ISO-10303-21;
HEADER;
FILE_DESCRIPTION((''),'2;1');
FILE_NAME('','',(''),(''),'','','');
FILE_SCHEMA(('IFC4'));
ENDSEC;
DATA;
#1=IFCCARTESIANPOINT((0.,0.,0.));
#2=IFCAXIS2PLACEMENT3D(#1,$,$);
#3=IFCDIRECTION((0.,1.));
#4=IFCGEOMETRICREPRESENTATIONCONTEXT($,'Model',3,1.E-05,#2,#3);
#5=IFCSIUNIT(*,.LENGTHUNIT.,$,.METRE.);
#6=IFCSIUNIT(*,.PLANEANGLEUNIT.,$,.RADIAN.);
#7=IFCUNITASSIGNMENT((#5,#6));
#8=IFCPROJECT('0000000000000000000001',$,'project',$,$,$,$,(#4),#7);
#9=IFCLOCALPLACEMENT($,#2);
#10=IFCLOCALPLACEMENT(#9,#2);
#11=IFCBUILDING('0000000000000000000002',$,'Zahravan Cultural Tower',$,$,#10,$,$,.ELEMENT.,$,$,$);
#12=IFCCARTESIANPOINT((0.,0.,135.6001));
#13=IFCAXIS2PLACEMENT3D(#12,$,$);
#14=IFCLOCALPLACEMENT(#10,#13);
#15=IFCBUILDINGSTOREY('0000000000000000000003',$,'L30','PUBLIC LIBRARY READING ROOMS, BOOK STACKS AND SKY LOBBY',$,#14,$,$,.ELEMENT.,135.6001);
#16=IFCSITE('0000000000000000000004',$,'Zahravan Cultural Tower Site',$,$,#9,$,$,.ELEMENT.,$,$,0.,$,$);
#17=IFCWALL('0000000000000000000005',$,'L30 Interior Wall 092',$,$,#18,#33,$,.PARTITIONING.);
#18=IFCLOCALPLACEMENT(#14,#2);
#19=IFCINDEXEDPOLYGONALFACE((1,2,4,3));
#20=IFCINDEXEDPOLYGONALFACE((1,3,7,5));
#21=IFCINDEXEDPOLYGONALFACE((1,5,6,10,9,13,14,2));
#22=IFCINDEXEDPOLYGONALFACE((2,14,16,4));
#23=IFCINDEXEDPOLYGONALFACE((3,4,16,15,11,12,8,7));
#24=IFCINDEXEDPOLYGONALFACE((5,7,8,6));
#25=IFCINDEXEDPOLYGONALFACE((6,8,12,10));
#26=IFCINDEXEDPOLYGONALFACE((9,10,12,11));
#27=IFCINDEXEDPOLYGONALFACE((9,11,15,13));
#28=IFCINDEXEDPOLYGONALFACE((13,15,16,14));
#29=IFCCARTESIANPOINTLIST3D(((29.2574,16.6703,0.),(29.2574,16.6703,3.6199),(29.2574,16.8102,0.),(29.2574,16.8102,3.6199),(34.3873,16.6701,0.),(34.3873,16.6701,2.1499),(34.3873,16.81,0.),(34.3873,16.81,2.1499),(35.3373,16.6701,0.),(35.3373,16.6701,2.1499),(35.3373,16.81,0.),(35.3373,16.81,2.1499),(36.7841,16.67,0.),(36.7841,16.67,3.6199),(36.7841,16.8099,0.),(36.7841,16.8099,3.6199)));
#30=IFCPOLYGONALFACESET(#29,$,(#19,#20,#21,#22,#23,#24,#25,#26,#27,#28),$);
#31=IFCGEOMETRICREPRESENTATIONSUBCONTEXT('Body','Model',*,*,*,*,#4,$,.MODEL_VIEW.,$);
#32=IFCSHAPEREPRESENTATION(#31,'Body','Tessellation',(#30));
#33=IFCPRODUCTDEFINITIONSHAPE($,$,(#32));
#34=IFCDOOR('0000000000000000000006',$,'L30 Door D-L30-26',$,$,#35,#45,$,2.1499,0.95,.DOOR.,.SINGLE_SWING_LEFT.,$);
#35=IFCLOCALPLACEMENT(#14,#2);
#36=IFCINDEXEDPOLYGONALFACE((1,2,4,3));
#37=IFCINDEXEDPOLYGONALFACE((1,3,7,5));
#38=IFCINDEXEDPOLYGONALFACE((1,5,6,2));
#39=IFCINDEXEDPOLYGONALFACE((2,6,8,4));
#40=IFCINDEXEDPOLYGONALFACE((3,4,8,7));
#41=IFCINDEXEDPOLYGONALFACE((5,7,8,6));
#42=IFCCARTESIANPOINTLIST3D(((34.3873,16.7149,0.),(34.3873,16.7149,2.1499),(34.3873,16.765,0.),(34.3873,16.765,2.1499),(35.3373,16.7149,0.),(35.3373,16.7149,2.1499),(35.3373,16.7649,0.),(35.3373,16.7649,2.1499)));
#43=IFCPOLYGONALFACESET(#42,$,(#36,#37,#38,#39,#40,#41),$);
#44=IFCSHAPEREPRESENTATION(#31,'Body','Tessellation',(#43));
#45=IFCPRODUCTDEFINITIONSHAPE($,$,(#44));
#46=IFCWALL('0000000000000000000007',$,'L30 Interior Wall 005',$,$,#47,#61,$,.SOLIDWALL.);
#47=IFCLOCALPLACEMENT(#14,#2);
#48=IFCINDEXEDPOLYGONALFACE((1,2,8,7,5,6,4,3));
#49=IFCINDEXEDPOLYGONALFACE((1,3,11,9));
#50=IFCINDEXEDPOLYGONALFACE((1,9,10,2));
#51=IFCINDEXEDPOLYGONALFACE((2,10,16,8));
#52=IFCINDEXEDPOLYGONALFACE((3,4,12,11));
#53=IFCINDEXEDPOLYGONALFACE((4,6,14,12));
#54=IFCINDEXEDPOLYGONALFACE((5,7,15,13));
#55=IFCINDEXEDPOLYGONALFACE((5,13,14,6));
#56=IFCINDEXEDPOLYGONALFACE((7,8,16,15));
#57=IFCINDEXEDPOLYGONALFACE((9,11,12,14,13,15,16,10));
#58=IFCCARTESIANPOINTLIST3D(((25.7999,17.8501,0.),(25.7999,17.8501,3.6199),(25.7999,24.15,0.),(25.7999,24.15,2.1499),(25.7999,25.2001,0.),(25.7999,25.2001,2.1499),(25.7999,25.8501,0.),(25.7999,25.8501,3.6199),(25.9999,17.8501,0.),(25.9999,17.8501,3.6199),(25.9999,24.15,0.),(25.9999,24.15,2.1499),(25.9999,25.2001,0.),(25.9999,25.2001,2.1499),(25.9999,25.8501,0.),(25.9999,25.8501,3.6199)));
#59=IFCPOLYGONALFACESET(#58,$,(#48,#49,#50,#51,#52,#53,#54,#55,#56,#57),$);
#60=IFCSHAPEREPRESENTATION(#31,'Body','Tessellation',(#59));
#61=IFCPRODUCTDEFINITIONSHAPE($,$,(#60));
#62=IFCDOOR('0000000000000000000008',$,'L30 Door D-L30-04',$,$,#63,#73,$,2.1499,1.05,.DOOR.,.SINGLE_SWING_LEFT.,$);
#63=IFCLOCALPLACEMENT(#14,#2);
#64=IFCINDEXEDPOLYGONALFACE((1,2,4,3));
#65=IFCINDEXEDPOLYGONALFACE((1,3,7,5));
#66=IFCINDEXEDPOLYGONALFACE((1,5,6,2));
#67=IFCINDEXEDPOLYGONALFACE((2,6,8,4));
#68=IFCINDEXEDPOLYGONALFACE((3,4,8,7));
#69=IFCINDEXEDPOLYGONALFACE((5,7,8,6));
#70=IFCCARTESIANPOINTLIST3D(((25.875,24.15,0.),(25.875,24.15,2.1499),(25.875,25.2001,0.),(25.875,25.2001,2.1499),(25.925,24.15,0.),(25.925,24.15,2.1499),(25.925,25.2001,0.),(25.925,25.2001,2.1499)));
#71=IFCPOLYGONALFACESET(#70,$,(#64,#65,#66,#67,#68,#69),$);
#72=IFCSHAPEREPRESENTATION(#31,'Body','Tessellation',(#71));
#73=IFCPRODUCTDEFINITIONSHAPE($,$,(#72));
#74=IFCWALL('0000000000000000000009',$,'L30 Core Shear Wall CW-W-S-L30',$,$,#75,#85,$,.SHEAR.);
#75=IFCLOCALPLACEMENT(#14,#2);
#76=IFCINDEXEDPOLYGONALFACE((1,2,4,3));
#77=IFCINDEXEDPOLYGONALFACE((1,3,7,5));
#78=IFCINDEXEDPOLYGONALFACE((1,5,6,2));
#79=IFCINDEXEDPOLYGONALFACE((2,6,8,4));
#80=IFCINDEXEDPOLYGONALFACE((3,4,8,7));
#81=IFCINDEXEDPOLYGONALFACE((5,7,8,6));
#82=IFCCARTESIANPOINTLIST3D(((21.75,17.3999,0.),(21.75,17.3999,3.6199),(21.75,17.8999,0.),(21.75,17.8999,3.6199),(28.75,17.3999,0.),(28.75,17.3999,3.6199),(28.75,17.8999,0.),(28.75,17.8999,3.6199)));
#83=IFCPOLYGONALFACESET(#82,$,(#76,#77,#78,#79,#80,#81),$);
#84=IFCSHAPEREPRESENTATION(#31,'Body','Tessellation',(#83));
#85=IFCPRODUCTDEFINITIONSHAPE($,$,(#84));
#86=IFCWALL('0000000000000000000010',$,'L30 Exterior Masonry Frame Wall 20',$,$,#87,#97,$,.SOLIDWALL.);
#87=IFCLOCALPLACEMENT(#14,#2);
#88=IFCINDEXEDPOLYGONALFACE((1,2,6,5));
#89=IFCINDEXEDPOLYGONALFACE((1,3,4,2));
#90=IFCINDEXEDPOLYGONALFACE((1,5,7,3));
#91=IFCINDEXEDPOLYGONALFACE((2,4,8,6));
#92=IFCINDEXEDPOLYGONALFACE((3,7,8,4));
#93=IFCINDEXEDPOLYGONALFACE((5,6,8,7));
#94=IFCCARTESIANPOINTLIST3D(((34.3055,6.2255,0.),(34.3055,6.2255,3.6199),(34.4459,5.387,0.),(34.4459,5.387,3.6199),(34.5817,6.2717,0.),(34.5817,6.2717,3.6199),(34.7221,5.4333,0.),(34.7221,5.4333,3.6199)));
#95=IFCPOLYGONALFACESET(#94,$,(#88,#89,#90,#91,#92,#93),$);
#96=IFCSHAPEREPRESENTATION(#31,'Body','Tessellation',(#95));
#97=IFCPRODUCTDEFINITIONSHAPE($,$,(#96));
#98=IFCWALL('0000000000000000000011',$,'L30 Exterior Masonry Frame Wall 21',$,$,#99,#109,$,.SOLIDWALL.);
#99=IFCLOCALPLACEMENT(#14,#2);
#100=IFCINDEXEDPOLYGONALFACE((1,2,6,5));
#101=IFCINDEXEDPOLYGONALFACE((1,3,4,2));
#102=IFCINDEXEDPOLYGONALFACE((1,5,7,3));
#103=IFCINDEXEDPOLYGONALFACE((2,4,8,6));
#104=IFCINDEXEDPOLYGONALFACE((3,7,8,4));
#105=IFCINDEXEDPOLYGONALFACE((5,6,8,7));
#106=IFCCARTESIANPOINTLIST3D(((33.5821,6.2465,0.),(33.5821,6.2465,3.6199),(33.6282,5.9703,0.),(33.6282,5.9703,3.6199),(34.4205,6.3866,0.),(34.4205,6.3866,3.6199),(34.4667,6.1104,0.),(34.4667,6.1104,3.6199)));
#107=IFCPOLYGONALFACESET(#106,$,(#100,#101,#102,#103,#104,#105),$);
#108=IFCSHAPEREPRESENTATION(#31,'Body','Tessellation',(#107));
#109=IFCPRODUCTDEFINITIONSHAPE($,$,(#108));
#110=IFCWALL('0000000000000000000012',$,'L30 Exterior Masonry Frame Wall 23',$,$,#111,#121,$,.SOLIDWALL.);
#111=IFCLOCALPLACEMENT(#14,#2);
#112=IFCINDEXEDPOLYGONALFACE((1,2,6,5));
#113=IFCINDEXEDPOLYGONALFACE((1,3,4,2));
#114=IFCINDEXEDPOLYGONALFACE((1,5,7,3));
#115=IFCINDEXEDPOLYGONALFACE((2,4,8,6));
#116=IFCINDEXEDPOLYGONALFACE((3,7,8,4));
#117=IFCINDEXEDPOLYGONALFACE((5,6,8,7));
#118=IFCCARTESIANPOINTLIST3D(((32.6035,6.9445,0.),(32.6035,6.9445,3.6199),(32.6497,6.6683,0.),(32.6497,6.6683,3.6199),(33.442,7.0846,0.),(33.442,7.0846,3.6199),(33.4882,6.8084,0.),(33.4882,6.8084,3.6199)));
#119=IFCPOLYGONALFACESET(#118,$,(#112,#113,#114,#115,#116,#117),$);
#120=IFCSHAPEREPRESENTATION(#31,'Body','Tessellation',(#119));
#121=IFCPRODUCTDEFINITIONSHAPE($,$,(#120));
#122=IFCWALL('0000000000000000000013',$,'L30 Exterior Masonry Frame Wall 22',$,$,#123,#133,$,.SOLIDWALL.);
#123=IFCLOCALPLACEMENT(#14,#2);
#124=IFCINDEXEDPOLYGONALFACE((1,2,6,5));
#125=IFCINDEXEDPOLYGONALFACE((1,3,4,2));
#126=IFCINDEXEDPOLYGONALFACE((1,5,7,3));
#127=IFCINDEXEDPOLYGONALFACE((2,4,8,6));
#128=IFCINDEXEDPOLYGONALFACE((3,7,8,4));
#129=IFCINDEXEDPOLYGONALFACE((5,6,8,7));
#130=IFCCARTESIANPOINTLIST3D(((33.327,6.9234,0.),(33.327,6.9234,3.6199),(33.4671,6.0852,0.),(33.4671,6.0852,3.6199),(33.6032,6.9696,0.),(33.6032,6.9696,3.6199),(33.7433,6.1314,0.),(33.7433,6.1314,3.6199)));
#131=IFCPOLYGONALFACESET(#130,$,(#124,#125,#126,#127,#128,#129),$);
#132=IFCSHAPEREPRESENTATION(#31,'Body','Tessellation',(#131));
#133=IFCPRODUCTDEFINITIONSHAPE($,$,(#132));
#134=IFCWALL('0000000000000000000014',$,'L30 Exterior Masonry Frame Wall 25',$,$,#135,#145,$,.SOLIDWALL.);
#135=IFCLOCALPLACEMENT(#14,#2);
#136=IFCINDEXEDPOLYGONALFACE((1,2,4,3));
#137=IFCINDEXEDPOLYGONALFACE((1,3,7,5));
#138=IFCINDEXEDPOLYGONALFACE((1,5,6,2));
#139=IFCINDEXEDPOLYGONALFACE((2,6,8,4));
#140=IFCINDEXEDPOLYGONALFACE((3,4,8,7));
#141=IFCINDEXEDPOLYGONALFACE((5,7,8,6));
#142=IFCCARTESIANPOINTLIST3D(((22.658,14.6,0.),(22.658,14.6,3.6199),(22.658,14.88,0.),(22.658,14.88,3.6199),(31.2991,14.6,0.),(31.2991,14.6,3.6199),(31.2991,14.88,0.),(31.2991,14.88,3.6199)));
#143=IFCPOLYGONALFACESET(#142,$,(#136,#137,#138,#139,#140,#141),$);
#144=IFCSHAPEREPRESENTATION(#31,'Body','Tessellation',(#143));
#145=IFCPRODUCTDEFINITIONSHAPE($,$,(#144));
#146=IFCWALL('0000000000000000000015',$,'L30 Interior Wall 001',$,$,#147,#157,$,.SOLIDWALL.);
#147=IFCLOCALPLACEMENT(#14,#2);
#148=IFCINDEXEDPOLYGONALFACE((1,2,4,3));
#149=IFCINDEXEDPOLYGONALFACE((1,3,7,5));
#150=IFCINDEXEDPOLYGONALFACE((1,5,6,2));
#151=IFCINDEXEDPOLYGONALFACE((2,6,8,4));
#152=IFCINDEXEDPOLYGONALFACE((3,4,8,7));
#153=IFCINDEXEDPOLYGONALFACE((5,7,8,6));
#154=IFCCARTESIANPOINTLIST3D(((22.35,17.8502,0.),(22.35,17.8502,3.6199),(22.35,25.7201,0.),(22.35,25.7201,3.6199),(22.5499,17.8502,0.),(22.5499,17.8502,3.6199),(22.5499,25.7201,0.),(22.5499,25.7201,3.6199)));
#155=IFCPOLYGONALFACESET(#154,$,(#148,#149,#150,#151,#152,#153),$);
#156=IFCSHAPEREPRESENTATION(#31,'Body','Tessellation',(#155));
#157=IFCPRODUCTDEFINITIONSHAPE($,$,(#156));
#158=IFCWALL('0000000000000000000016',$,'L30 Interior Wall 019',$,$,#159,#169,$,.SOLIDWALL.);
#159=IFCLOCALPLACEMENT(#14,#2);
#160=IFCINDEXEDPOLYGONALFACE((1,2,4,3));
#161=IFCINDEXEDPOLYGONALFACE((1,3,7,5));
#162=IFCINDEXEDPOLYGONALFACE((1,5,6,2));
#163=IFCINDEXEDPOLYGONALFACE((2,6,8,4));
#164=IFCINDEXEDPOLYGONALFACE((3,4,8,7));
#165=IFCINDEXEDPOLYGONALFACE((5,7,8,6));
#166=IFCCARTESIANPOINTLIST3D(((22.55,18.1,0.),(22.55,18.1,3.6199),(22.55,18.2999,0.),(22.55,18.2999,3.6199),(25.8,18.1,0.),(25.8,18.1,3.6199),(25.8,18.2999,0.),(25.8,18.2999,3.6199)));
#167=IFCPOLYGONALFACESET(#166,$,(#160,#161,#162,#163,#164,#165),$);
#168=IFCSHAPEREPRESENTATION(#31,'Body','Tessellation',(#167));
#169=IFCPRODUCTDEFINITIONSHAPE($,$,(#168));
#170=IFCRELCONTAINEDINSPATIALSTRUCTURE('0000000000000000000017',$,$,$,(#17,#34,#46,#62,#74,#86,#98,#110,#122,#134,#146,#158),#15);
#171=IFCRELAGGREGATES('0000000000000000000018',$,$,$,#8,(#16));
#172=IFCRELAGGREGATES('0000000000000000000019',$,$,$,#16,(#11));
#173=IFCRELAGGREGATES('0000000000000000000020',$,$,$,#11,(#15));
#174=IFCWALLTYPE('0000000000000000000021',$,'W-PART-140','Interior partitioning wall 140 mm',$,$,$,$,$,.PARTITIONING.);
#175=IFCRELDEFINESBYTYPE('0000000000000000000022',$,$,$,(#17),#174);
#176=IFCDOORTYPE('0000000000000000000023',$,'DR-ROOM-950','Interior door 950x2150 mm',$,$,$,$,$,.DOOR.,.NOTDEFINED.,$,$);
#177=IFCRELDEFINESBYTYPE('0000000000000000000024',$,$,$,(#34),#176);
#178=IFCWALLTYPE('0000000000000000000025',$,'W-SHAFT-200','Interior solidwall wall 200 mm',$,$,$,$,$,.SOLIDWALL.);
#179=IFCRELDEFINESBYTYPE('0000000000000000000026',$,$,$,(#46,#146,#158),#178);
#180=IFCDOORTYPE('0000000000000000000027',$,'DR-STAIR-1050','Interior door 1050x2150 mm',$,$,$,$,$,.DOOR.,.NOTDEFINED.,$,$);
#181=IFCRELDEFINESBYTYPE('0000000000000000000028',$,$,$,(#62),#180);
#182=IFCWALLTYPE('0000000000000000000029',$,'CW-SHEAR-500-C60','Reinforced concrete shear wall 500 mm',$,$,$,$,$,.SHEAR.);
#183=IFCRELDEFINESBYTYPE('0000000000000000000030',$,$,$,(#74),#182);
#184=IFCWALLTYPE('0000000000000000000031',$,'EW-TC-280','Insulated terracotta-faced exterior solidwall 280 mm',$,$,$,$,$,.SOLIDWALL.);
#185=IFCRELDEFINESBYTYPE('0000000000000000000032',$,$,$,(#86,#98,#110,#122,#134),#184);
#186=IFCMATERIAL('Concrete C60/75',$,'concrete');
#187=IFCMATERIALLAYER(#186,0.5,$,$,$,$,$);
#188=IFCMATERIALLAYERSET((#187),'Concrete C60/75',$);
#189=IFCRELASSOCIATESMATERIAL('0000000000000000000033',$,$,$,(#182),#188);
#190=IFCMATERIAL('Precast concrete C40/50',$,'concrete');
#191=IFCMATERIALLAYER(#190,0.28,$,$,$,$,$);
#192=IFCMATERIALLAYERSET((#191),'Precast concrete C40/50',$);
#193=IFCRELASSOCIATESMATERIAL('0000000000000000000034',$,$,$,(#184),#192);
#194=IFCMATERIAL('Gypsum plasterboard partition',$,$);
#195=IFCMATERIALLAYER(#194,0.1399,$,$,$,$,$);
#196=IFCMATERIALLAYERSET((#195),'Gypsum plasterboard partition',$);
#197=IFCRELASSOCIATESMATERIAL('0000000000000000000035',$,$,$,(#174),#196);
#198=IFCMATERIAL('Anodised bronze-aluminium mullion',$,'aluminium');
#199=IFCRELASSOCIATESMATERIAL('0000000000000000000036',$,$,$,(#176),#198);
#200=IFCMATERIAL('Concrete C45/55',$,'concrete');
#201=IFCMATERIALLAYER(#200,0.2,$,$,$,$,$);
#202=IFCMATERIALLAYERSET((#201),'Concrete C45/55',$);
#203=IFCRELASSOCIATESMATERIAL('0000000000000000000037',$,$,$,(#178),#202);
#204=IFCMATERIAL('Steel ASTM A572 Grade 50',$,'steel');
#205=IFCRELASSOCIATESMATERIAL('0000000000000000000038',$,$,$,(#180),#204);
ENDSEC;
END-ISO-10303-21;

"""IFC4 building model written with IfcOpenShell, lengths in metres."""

from ifc_helpers import new_model, si_unit, direction, frame, frame_2d, origin, place, context, subcontext, project, spatial, rectangle, extrude, source, transform, mapped, material, layer, layer_set, type_object, element, fill, save


model = new_model("IFC4")

# Units and contexts
model_context = context("Model", 3, precision=1e-05, world=origin(), true_north=direction((0.0, 1.0)))
body_context = subcontext(model_context, "Body", "Model", "MODEL_VIEW")
ifc_project = project(units=[si_unit("LENGTHUNIT", "METRE"), si_unit("PLANEANGLEUNIT", "RADIAN")], contexts=[model_context])

# Site, building, storey
site_placement = place(None, origin())
site = spatial("IfcSite", under=ifc_project, at=site_placement, Name="Zahravan Cultural Tower Site", CompositionType="ELEMENT", RefElevation=0.0)
building_placement = place(site_placement, origin())
building = spatial("IfcBuilding", under=site, at=building_placement, Name="Zahravan Cultural Tower", CompositionType="ELEMENT")
storey_placement = place(building_placement, frame((0.0, 0.0, 135.6001)))
storey = spatial("IfcBuildingStorey", under=building, at=storey_placement, Name="L30", Description="PUBLIC LIBRARY READING ROOMS, BOOK STACKS AND SKY LOBBY", CompositionType="ELEMENT", Elevation=135.6001)

# Shared definitions
ifc_material_1 = material(Name="Concrete C60/75", Category="concrete")
ifc_layer_1 = layer(ifc_material_1, 0.5)
ifc_layer_set_1 = layer_set([ifc_layer_1], Name="Concrete C60/75")
wall_type_1 = type_object("IfcWallType", Name="CW-SHEAR-500-C60", Description="Reinforced concrete shear wall 500 mm", PredefinedType="SHEAR", material=ifc_layer_set_1)
ifc_material_2 = material(Name="Steel ASTM A572 Grade 50", Category="steel")

# Shared definitions
ifc_material_3 = material(Name="Precast concrete C40/50", Category="concrete")
ifc_layer_2 = layer(ifc_material_3, 0.28)
ifc_layer_set_2 = layer_set([ifc_layer_2], Name="Precast concrete C40/50")
wall_type_2 = type_object("IfcWallType", Name="EW-TC-280", Description="Insulated terracotta-faced exterior solidwall 280 mm", PredefinedType="SOLIDWALL", material=ifc_layer_set_2)

# Walls, openings, doors
ifc_material_4 = material(Name="Gypsum plasterboard partition")
ifc_layer_3 = layer(ifc_material_4, 0.1399)
ifc_layer_set_3 = layer_set([ifc_layer_3], Name="Gypsum plasterboard partition")
wall_type_3 = type_object("IfcWallType", Name="W-PART-140", Description="Interior partitioning wall 140 mm", PredefinedType="PARTITIONING", material=ifc_layer_set_3)
wall_1_placement = place(storey_placement, frame((29.2576, 16.7402, 0.0), z_axis=(0.0, 0.0, 1.0), x_axis=(1.0, -0.000032, 0.0)))
wall_1 = element("IfcWall", 1, at=wall_1_placement, inside=storey, type_object=wall_type_3, Name="L30 Interior Wall 092", PredefinedType="PARTITIONING", context=body_context, shape_type="SweptSolid", body=[
    extrude(rectangle(XDim=7.5266, YDim=0.1399, at=frame_2d((3.7632, 0.0))), origin(), (0.0, 0.0, 1.0), 3.6199),
])
opening_1_placement = place(wall_1_placement, frame((5.1296, 0.0, 0.0)))
opening_1 = element("IfcOpeningElement", 2, at=opening_1_placement, cuts=wall_1, PredefinedType="OPENING", context=body_context, shape_type="SweptSolid", body=[
    extrude(rectangle(XDim=0.95, YDim=2.1499, at=frame_2d((0.4751, 1.075))), frame((0.0, 0.0798, 0.0), z_axis=(0.0, -1.0, 0.0), x_axis=(1.0, 0.0, 0.0)), (0.0, 0.0, 1.0), 0.1599),
])
ifc_material_5 = material(Name="Anodised bronze-aluminium mullion", Category="aluminium")
door_type_1 = type_object("IfcDoorType", Name="DR-ROOM-950", Description="Interior door 950x2150 mm", OperationType="NOTDEFINED", PredefinedType="DOOR", material=ifc_material_5)
shared_shape_1 = source(origin(), body_context, "Body", "SweptSolid", [
    extrude(rectangle(XDim=0.95, YDim=2.1499, at=frame_2d((0.4751, 1.075))), frame((0.0, 0.0249, 0.0), z_axis=(0.0, -1.0, 0.0), x_axis=(1.0, 0.0, 0.0)), (0.0, 0.0, 1.0), 0.05),
])
door_1_placement = place(opening_1_placement, origin())
door_1 = element("IfcDoor", 3, at=door_1_placement, inside=storey, type_object=door_type_1, Name="L30 Door D-L30-26", OperationType="SINGLE_SWING_LEFT", OverallHeight=2.1499, OverallWidth=0.95, PredefinedType="DOOR", context=body_context, shape_type="MappedRepresentation", body=[
    mapped(shared_shape_1, transform((0.0, 0.0, 0.0), x_axis=(1.0, 0.0, 0.0), y_axis=(0.0, 1.0, 0.0), z_axis=(0.0, 0.0, 1.0), scale=1.0)),
])
fill(opening_1, door_1)
ifc_material_6 = material(Name="Concrete C45/55", Category="concrete")
ifc_layer_4 = layer(ifc_material_6, 0.2)
ifc_layer_set_4 = layer_set([ifc_layer_4], Name="Concrete C45/55")
wall_type_4 = type_object("IfcWallType", Name="W-SHAFT-200", Description="Interior solidwall wall 200 mm", PredefinedType="SOLIDWALL", material=ifc_layer_set_4)
wall_2_placement = place(storey_placement, frame((25.8999, 17.8501, 0.0), z_axis=(0.0, 0.0, 1.0), x_axis=(0.0, 1.0, 0.0)))
wall_2 = element("IfcWall", 4, at=wall_2_placement, inside=storey, type_object=wall_type_4, Name="L30 Interior Wall 005", PredefinedType="SOLIDWALL", context=body_context, shape_type="SweptSolid", body=[
    extrude(rectangle(XDim=8.0, YDim=0.2, at=frame_2d((4.0, 0.0))), origin(), (0.0, 0.0, 1.0), 3.6199),
])
opening_2_placement = place(wall_2_placement, frame((6.3, 0.0, 0.0)))
opening_2 = element("IfcOpeningElement", 5, at=opening_2_placement, cuts=wall_2, PredefinedType="OPENING", context=body_context, shape_type="SweptSolid", body=[
    extrude(rectangle(XDim=1.05, YDim=2.1499, at=frame_2d((0.5249, 1.075))), frame((0.0, 0.1099, 0.0), z_axis=(0.0, -1.0, 0.0), x_axis=(1.0, 0.0, 0.0)), (0.0, 0.0, 1.0), 0.22),
])
door_type_2 = type_object("IfcDoorType", Name="DR-STAIR-1050", Description="Interior door 1050x2150 mm", OperationType="NOTDEFINED", PredefinedType="DOOR", material=ifc_material_2)
shared_shape_2 = source(origin(), body_context, "Body", "SweptSolid", [
    extrude(rectangle(XDim=1.05, YDim=2.1499, at=frame_2d((0.5249, 1.075))), frame((0.0, 0.0249, 0.0), z_axis=(0.0, -1.0, 0.0), x_axis=(1.0, 0.0, 0.0)), (0.0, 0.0, 1.0), 0.05),
])
door_2_placement = place(opening_2_placement, origin())
door_2 = element("IfcDoor", 6, at=door_2_placement, inside=storey, type_object=door_type_2, Name="L30 Door D-L30-04", OperationType="SINGLE_SWING_LEFT", OverallHeight=2.1499, OverallWidth=1.05, PredefinedType="DOOR", context=body_context, shape_type="MappedRepresentation", body=[
    mapped(shared_shape_2, transform((0.0, 0.0, 0.0), x_axis=(1.0, 0.0, 0.0), y_axis=(0.0, 1.0, 0.0), z_axis=(0.0, 0.0, 1.0), scale=1.0)),
])
fill(opening_2, door_2)

# Walls
shared_shape_3 = source(origin(), body_context, "Body", "SweptSolid", [
    extrude(rectangle(XDim=7.0, YDim=0.5, at=frame_2d((3.5, 0.0))), origin(), (0.0, 0.0, 1.0), 3.6199),
])
wall_3_placement = place(storey_placement, frame((21.75, 17.6499, 0.0), z_axis=(0.0, 0.0, 1.0), x_axis=(1.0, 0.0, 0.0)))
element("IfcWall", 7, at=wall_3_placement, inside=storey, type_object=wall_type_1, Name="L30 Core Shear Wall CW-W-S-L30", PredefinedType="SHEAR", context=body_context, shape_type="MappedRepresentation", body=[
    mapped(shared_shape_3, transform((0.0, 0.0, 0.0), x_axis=(1.0, 0.0, 0.0), y_axis=(0.0, 1.0, 0.0), z_axis=(0.0, 0.0, 1.0), scale=1.0)),
])
shared_shape_4 = source(origin(), body_context, "Body", "SweptSolid", [
    extrude(rectangle(XDim=0.8501, YDim=0.28, at=frame_2d((0.425, 0.0))), origin(), (0.0, 0.0, 1.0), 3.6199),
])
for number, where, z_axis, x_axis, name in (
    (8, (34.584, 5.4102, 0.0), (0.0, 0.0, 1.0), (-0.165144, 0.986269, 0.0), "L30 Exterior Masonry Frame Wall 20"),
    (9, (34.4436, 6.2485, 0.0), (0.0, 0.0, 1.0), (-0.986316, -0.164865, 0.0), "L30 Exterior Masonry Frame Wall 21"),
    (10, (33.4651, 6.9465, 0.0), (0.0, 0.0, 1.0), (-0.986316, -0.164865, 0.0), "L30 Exterior Masonry Frame Wall 23"),
):
    element("IfcWall", number, at=place(storey_placement, frame(where, z_axis=z_axis, x_axis=x_axis)), inside=storey, type_object=wall_type_2, Name=name, PredefinedType="SOLIDWALL", context=body_context, shape_type="MappedRepresentation", body=[
        mapped(shared_shape_4, transform((0.0, 0.0, 0.0), x_axis=(1.0, 0.0, 0.0), y_axis=(0.0, 1.0, 0.0), z_axis=(0.0, 0.0, 1.0), scale=1.0)),
    ])
shared_shape_5 = source(origin(), body_context, "Body", "SweptSolid", [
    extrude(rectangle(XDim=0.8499, YDim=0.28, at=frame_2d((0.4248, 0.0))), origin(), (0.0, 0.0, 1.0), 3.6199),
])
wall_4_placement = place(storey_placement, frame((33.6052, 6.1084, 0.0), z_axis=(0.0, 0.0, 1.0), x_axis=(-0.164911, 0.986308, 0.0)))
element("IfcWall", 11, at=wall_4_placement, inside=storey, type_object=wall_type_2, Name="L30 Exterior Masonry Frame Wall 22", PredefinedType="SOLIDWALL", context=body_context, shape_type="MappedRepresentation", body=[
    mapped(shared_shape_5, transform((0.0, 0.0, 0.0), x_axis=(1.0, 0.0, 0.0), y_axis=(0.0, 1.0, 0.0), z_axis=(0.0, 0.0, 1.0), scale=1.0)),
])
shared_shape_6 = source(origin(), body_context, "Body", "SweptSolid", [
    extrude(rectangle(XDim=8.6411, YDim=0.28, at=frame_2d((4.3206, 0.0))), origin(), (0.0, 0.0, 1.0), 3.6199),
])
wall_5_placement = place(storey_placement, frame((31.2991, 14.74, 0.0), z_axis=(0.0, 0.0, 1.0), x_axis=(-1.0, 0.0, 0.0)))
element("IfcWall", 12, at=wall_5_placement, inside=storey, type_object=wall_type_2, Name="L30 Exterior Masonry Frame Wall 25", PredefinedType="SOLIDWALL", context=body_context, shape_type="MappedRepresentation", body=[
    mapped(shared_shape_6, transform((0.0, 0.0, 0.0), x_axis=(1.0, 0.0, 0.0), y_axis=(0.0, 1.0, 0.0), z_axis=(0.0, 0.0, 1.0), scale=1.0)),
])
shared_shape_7 = source(origin(), body_context, "Body", "SweptSolid", [
    extrude(rectangle(XDim=7.8699, YDim=0.2, at=frame_2d((3.9351, 0.0))), origin(), (0.0, 0.0, 1.0), 3.6199),
])
wall_6_placement = place(storey_placement, frame((22.45, 17.8501, 0.0), z_axis=(0.0, 0.0, 1.0), x_axis=(0.0, 1.0, 0.0)))
element("IfcWall", 13, at=wall_6_placement, inside=storey, type_object=wall_type_4, Name="L30 Interior Wall 001", PredefinedType="SOLIDWALL", context=body_context, shape_type="MappedRepresentation", body=[
    mapped(shared_shape_7, transform((0.0, 0.0, 0.0), x_axis=(1.0, 0.0, 0.0), y_axis=(0.0, 1.0, 0.0), z_axis=(0.0, 0.0, 1.0), scale=1.0)),
])
shared_shape_8 = source(origin(), body_context, "Body", "SweptSolid", [
    extrude(rectangle(XDim=3.25, YDim=0.2, at=frame_2d((1.625, 0.0))), origin(), (0.0, 0.0, 1.0), 3.6199),
])
wall_7_placement = place(storey_placement, frame((22.55, 18.2, 0.0), z_axis=(0.0, 0.0, 1.0), x_axis=(1.0, 0.0, 0.0)))
element("IfcWall", 14, at=wall_7_placement, inside=storey, type_object=wall_type_4, Name="L30 Interior Wall 019", PredefinedType="SOLIDWALL", context=body_context, shape_type="MappedRepresentation", body=[
    mapped(shared_shape_8, transform((0.0, 0.0, 0.0), x_axis=(1.0, 0.0, 0.0), y_axis=(0.0, 1.0, 0.0), z_axis=(0.0, 0.0, 1.0), scale=1.0)),
])

save(model, "model.ifc")
